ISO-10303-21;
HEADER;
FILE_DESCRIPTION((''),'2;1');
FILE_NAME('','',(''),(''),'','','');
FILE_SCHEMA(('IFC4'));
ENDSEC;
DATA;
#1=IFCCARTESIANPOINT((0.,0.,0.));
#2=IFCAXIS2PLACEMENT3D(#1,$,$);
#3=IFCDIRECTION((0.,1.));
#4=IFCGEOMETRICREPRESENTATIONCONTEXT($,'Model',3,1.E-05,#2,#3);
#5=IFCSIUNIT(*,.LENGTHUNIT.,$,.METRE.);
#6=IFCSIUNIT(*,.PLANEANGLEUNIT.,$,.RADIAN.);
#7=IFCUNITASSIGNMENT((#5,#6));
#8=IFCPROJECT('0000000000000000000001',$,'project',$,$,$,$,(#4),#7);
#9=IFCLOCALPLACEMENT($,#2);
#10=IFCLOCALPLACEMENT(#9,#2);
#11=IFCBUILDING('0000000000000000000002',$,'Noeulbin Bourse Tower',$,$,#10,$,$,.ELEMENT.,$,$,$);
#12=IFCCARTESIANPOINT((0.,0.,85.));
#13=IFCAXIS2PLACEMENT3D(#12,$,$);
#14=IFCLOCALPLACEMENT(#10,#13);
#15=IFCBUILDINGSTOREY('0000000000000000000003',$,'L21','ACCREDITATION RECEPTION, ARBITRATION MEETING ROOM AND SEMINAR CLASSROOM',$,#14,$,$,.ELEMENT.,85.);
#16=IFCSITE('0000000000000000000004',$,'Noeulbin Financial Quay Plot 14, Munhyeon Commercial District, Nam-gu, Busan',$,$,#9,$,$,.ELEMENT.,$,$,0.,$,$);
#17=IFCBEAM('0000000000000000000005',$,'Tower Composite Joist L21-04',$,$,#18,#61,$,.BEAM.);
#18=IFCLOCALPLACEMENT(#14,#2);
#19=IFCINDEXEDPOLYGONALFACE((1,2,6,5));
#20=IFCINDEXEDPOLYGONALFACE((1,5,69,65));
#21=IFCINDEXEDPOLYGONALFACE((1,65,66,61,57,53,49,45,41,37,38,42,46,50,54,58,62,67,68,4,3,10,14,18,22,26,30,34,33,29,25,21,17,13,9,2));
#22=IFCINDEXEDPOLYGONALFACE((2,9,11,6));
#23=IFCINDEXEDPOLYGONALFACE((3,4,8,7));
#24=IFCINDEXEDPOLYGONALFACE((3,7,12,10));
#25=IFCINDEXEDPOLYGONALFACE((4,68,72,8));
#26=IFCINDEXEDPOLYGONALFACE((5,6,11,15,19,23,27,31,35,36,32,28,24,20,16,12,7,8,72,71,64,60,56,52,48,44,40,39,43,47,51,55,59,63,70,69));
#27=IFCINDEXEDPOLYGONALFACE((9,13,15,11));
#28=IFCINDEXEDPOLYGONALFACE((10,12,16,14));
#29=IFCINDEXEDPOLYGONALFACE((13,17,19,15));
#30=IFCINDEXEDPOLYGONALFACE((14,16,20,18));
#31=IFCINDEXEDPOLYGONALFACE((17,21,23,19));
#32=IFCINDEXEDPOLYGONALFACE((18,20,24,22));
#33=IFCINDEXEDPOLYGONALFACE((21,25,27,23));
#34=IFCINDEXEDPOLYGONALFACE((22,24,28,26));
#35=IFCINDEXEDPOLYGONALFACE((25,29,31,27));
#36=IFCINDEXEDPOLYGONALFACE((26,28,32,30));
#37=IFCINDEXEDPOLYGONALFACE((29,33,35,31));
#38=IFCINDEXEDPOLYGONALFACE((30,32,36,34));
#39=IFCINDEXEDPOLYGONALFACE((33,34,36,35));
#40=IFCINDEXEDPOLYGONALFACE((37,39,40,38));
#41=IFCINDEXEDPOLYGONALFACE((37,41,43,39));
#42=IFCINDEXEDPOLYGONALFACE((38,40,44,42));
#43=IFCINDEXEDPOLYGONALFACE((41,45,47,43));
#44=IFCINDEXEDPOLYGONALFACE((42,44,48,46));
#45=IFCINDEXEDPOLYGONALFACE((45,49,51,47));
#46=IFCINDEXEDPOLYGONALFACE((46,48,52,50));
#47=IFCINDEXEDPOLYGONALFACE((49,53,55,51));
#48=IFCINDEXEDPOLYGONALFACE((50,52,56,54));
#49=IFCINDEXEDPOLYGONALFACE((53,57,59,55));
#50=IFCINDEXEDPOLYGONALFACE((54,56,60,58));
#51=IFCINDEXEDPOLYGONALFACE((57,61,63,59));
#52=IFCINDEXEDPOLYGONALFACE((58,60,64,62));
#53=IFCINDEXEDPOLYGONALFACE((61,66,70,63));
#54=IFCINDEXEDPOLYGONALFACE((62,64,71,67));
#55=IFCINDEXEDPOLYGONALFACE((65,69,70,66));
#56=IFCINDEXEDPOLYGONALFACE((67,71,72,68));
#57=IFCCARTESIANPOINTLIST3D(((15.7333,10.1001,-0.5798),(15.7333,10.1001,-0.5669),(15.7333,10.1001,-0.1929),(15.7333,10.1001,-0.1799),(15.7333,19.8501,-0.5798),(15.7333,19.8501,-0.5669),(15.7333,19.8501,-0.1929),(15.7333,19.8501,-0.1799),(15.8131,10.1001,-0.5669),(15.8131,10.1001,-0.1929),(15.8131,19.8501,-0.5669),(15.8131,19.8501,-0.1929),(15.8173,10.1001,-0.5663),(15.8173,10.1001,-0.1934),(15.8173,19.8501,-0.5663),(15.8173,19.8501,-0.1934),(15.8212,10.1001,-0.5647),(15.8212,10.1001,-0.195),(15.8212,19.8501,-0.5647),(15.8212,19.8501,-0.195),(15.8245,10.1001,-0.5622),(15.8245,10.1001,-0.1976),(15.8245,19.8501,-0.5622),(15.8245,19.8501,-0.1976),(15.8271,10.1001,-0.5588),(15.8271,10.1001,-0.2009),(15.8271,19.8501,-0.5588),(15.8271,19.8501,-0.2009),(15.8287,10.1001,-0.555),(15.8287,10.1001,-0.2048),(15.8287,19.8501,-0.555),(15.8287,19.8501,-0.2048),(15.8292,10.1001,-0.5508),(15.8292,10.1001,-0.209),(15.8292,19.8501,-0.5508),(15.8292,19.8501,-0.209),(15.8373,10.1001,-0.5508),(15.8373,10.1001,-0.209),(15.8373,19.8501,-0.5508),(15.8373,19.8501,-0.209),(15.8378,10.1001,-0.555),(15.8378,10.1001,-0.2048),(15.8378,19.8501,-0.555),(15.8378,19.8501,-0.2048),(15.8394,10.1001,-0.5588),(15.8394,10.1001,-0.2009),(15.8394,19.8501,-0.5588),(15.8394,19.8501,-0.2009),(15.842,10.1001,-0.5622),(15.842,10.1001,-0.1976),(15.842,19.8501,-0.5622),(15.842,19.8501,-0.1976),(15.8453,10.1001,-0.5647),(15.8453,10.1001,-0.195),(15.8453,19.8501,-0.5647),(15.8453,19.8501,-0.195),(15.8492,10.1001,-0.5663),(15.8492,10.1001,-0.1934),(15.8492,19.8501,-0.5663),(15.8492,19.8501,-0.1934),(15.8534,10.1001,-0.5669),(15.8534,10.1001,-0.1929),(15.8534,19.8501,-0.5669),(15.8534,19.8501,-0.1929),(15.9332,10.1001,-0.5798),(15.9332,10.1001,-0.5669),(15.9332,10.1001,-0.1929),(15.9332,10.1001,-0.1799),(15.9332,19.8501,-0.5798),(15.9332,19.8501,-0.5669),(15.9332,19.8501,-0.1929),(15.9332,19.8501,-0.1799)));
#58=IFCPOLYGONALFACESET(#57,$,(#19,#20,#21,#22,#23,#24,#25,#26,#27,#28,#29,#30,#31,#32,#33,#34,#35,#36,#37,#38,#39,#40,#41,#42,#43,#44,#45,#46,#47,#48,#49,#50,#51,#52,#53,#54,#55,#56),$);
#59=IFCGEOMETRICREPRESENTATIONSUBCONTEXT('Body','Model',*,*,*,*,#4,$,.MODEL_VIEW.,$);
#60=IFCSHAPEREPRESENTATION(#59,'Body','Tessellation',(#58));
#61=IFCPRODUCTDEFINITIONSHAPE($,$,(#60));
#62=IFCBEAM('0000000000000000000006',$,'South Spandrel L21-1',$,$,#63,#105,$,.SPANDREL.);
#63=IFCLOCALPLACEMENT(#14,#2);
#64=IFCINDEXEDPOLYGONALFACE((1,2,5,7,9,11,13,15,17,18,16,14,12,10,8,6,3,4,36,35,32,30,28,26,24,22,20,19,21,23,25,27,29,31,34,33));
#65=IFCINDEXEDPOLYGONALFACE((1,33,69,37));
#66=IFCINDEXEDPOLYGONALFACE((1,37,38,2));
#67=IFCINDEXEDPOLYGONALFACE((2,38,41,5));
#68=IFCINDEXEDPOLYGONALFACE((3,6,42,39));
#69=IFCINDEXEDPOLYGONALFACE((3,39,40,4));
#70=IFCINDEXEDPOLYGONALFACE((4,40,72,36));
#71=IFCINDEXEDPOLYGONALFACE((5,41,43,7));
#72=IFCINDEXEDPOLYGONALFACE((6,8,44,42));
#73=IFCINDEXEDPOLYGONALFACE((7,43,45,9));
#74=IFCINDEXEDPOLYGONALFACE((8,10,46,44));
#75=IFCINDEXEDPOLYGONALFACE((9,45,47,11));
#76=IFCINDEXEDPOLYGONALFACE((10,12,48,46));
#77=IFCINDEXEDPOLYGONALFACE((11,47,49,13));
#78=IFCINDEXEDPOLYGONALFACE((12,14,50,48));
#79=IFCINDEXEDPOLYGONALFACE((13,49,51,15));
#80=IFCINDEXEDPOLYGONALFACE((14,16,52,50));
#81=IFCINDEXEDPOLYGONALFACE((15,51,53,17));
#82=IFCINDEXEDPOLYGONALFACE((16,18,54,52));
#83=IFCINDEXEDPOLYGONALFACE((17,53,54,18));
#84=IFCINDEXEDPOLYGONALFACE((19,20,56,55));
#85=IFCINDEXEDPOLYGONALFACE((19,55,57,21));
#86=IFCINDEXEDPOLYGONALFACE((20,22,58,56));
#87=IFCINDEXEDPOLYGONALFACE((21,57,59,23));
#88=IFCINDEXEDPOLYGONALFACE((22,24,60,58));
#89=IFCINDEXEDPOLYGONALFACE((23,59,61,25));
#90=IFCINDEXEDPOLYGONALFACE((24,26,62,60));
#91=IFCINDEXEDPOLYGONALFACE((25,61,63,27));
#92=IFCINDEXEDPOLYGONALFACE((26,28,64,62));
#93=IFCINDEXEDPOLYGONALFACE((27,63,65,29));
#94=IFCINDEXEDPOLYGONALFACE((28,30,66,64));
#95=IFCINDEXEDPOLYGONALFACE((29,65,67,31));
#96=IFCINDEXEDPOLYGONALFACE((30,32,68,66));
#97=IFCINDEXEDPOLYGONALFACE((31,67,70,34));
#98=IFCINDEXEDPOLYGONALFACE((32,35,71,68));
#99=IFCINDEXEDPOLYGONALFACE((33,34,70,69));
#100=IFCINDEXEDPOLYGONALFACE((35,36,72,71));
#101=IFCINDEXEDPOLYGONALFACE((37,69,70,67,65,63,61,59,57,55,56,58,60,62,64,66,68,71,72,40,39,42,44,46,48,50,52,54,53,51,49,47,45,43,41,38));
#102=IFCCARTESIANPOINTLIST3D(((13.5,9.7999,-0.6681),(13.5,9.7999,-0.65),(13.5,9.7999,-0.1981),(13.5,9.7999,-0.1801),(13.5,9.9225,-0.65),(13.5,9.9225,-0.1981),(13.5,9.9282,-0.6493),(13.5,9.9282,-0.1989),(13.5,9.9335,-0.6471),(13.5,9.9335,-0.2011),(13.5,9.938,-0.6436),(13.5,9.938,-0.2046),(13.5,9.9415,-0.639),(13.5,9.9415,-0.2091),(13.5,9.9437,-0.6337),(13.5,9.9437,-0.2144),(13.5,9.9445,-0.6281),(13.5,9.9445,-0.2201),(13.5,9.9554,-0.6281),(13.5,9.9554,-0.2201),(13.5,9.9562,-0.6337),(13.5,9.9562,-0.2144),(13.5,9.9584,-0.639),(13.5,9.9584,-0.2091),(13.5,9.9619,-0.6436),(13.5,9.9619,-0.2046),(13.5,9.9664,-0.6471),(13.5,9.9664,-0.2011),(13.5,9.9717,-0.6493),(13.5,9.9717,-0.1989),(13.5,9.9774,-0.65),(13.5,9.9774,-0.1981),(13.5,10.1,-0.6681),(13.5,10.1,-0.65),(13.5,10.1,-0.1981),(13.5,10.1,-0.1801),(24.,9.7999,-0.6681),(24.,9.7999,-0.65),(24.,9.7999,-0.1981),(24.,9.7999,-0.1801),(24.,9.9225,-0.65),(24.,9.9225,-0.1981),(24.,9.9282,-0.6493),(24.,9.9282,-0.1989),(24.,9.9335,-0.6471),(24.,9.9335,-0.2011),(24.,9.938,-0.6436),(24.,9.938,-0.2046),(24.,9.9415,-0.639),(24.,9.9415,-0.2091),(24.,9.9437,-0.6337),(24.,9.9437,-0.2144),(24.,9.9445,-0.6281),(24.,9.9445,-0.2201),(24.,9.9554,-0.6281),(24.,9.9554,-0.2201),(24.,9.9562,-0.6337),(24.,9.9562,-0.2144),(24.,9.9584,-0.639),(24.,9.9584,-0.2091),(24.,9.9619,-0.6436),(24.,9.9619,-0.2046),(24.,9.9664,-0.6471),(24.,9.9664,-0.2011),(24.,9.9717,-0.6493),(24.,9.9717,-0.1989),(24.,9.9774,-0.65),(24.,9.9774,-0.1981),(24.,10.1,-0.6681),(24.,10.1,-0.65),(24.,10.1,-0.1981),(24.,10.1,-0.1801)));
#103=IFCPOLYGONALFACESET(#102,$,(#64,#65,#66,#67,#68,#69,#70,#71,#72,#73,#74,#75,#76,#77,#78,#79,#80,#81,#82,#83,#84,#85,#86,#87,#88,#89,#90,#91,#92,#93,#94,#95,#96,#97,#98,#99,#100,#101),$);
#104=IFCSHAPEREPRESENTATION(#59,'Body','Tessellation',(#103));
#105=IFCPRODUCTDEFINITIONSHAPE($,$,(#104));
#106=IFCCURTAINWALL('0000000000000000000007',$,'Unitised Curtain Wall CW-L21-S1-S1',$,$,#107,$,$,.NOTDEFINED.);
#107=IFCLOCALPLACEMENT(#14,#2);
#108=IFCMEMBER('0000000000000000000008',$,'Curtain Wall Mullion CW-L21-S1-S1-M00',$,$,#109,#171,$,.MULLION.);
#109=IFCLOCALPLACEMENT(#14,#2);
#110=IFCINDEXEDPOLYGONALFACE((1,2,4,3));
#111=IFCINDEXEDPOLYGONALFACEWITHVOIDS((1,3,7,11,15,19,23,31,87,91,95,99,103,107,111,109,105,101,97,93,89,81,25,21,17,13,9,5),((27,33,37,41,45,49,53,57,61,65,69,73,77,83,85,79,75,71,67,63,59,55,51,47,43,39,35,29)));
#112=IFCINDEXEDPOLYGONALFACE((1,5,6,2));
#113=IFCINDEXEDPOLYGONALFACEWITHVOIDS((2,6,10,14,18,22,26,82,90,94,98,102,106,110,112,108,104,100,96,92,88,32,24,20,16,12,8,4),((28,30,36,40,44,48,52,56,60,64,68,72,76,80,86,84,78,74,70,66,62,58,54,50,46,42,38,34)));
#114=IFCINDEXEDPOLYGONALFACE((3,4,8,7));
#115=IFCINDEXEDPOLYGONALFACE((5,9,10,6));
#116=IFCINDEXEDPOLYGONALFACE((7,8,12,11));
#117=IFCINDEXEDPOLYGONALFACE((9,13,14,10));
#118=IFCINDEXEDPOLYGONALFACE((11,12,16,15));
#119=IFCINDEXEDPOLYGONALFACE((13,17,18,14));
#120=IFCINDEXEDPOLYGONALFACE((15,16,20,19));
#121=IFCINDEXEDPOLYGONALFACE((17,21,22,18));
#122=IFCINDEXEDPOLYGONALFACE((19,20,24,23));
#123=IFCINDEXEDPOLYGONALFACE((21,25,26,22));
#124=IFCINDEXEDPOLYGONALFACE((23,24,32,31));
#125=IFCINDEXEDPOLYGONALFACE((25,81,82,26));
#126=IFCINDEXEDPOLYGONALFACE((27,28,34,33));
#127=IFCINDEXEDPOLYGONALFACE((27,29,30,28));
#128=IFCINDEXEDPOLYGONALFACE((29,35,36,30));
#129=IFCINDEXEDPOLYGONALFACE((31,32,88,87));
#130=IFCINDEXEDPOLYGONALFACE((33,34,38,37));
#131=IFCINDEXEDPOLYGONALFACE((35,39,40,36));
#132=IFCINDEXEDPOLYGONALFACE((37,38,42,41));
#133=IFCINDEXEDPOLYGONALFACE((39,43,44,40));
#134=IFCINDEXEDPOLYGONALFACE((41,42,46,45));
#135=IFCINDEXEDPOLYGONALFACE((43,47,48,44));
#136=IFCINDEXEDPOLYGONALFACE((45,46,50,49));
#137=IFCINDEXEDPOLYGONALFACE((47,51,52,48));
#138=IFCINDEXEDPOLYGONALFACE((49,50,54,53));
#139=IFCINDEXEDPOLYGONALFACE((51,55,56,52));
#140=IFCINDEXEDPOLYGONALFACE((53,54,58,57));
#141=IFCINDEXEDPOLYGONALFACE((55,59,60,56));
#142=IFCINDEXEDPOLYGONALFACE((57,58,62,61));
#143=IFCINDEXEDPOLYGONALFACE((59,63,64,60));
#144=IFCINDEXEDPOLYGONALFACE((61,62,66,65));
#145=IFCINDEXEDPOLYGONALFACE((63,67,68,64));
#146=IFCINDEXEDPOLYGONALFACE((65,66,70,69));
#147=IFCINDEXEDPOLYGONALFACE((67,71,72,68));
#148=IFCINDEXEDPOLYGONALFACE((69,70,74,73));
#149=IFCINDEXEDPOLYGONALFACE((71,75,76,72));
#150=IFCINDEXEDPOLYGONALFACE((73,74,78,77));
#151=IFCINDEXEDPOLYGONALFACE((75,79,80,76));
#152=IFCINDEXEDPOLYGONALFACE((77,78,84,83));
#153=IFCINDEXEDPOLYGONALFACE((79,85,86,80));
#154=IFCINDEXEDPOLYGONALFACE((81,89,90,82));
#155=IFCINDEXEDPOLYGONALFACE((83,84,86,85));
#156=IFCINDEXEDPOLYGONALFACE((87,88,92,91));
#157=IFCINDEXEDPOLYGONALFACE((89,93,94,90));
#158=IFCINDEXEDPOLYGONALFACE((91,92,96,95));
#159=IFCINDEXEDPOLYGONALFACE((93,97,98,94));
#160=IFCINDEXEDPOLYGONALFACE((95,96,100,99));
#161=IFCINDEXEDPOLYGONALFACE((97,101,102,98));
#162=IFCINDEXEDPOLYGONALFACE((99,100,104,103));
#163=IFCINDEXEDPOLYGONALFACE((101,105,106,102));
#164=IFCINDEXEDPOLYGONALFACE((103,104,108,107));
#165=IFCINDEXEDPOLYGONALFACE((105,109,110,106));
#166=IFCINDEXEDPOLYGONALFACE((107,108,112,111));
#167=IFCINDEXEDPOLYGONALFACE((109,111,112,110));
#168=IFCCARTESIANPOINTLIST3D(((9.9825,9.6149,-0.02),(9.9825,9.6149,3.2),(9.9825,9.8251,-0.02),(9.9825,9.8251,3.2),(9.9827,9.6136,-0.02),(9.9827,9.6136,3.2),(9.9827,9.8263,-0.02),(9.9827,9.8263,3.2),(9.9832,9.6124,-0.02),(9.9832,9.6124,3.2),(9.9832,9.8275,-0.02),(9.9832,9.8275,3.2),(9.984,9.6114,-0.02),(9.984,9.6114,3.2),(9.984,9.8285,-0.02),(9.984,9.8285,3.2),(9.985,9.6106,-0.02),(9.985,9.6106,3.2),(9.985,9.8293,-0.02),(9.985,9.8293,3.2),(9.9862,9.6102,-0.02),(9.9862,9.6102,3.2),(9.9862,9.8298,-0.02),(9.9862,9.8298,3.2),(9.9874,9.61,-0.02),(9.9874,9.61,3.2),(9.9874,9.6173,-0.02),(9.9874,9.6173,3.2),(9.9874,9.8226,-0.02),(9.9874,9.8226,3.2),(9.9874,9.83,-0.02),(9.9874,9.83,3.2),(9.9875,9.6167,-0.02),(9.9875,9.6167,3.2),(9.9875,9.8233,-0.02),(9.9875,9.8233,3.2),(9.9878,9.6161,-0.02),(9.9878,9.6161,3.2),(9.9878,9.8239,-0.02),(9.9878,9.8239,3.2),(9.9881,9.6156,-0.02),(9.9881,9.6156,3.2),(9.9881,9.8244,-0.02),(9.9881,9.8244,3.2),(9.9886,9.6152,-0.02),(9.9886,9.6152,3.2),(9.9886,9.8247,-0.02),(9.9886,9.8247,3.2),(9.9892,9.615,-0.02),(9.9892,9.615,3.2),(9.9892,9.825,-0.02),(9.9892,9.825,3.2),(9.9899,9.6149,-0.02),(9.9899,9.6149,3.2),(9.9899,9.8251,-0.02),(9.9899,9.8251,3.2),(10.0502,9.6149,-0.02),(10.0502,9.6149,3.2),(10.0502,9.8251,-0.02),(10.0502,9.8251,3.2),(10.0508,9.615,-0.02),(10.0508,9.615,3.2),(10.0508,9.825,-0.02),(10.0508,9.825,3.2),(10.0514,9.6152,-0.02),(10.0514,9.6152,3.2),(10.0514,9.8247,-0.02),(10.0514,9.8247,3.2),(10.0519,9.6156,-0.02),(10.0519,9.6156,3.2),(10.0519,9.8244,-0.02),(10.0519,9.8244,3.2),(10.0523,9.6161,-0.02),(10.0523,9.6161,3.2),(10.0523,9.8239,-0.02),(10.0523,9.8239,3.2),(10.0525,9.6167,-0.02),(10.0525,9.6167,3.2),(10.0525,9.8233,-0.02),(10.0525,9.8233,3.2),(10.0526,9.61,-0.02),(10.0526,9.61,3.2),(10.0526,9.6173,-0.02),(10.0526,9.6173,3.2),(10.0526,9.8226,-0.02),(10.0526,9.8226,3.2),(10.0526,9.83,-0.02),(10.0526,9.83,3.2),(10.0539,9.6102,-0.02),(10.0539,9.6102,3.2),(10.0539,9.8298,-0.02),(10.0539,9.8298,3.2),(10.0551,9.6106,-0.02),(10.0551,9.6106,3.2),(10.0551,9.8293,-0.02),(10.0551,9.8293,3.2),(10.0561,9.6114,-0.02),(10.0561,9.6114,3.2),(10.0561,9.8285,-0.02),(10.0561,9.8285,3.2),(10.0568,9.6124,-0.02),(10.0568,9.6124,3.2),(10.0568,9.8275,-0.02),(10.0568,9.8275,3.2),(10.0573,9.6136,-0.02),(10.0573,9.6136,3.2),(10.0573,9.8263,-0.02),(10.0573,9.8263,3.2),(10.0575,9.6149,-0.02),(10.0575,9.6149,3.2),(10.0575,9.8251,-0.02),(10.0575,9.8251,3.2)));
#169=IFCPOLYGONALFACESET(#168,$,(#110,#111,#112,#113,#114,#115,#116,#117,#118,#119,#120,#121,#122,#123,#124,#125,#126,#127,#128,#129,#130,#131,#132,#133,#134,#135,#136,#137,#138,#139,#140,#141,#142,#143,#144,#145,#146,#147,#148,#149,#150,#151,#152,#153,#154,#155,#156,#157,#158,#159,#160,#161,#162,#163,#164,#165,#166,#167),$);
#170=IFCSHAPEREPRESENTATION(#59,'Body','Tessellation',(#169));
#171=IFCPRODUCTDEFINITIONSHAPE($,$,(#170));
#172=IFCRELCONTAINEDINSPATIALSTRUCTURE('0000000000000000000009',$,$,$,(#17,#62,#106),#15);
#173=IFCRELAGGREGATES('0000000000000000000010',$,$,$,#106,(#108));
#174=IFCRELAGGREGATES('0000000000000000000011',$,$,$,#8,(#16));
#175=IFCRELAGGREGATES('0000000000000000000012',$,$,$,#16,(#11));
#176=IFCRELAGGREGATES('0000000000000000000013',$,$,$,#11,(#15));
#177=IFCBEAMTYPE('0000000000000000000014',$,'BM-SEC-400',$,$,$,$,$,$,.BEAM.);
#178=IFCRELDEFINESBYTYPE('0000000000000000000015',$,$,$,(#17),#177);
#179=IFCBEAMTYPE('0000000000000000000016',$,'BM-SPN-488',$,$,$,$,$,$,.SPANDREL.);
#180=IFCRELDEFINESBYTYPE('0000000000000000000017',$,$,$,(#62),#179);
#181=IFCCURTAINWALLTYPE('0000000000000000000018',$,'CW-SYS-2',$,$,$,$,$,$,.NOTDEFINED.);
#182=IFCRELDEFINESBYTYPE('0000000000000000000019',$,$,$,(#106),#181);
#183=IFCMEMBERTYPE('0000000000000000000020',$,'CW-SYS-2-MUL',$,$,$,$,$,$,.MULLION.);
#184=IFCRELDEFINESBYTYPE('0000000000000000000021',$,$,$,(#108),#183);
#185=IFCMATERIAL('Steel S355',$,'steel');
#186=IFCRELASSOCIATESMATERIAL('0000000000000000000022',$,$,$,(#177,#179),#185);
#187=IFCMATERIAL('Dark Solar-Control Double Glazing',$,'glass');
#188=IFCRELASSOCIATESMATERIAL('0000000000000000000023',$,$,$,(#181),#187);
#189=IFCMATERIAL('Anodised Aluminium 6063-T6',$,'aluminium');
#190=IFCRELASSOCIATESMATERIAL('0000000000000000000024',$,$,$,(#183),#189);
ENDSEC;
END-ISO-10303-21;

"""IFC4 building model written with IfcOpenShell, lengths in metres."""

from ifc_helpers import new_model, si_unit, direction, frame, origin, origin_2d, place, context, subcontext, project, spatial, hollow_rectangle, i_section, extrude, material, material_profile, profile_set, type_object, element, aggregate, save


model = new_model("IFC4")

# Units and contexts
model_context = context("Model", 3, precision=1e-05, world=origin(), true_north=direction((0.0, 1.0)))
body_context = subcontext(model_context, "Body", "Model", "MODEL_VIEW")
ifc_project = project(units=[si_unit("LENGTHUNIT", "METRE"), si_unit("PLANEANGLEUNIT", "RADIAN")], contexts=[model_context])

# Site, building, storey
site_placement = place(None, origin())
site = spatial("IfcSite", under=ifc_project, at=site_placement, Name="Noeulbin Financial Quay Plot 14, Munhyeon Commercial District, Nam-gu, Busan", CompositionType="ELEMENT", RefElevation=0.0)
building_placement = place(site_placement, origin())
building = spatial("IfcBuilding", under=site, at=building_placement, Name="Noeulbin Bourse Tower", CompositionType="ELEMENT")
storey_placement = place(building_placement, frame((0.0, 0.0, 85.0)))
storey = spatial("IfcBuildingStorey", under=building, at=storey_placement, Name="L21", Description="ACCREDITATION RECEPTION, ARBITRATION MEETING ROOM AND SEMINAR CLASSROOM", CompositionType="ELEMENT", Elevation=85.0)

# Beams
ifc_material_1 = material(Name="Steel S355", Category="steel")
ifc_material_profile_1 = material_profile(ifc_material_1, i_section(OverallWidth=0.2, OverallDepth=0.3999, WebThickness=0.0081, FlangeThickness=0.0129, FilletRadius=0.0161, at=origin_2d()), Name="H-400x200x8x13", Category="LoadBearing")
ifc_profile_set_1 = profile_set([ifc_material_profile_1], Name="Steel S355")
beam_type_1 = type_object("IfcBeamType", Name="BM-SEC-400", PredefinedType="BEAM", material=ifc_profile_set_1)
for number, where, z_axis, x_axis, name in (
    (1, (15.8333, 10.1001, -0.3799), (0.0, 1.0, 0.0), (-1.0, 0.0, 0.0), "Tower Composite Joist L21-04"),
):
    element("IfcBeam", number, at=place(storey_placement, frame(where, z_axis=z_axis, x_axis=x_axis)), inside=storey, type_object=beam_type_1, Name=name, PredefinedType="BEAM", context=body_context, shape_type="SweptSolid", body=[
        extrude(i_section(OverallWidth=0.2, OverallDepth=0.3999, WebThickness=0.0081, FlangeThickness=0.0129, FilletRadius=0.0161, at=origin_2d()), origin(), (0.0, 0.0, 1.0), 9.75),
    ])
ifc_material_profile_2 = material_profile(ifc_material_1, i_section(OverallWidth=0.3, OverallDepth=0.488, WebThickness=0.011, FlangeThickness=0.0181, FilletRadius=0.022, at=origin_2d()), Name="H-488x300x11x18", Category="LoadBearing")
ifc_profile_set_2 = profile_set([ifc_material_profile_2], Name="Steel S355")
beam_type_2 = type_object("IfcBeamType", Name="BM-SPN-488", PredefinedType="SPANDREL", material=ifc_profile_set_2)
beam_1_placement = place(storey_placement, frame((13.5, 9.95, -0.4241), z_axis=(1.0, 0.0, 0.0), x_axis=(0.0, 1.0, 0.0)))
element("IfcBeam", 2, at=beam_1_placement, inside=storey, type_object=beam_type_2, Name="South Spandrel L21-1", PredefinedType="SPANDREL", context=body_context, shape_type="SweptSolid", body=[
    extrude(i_section(OverallWidth=0.3, OverallDepth=0.488, WebThickness=0.011, FlangeThickness=0.0181, FilletRadius=0.022, at=origin_2d()), origin(), (0.0, 0.0, 1.0), 10.5),
])

# Curtain wall, member
ifc_material_2 = material(Name="Dark Solar-Control Double Glazing", Category="glass")
curtain_wall_type = type_object("IfcCurtainWallType", Name="CW-SYS-2", PredefinedType="NOTDEFINED", material=ifc_material_2)
curtain_wall_1_placement = place(storey_placement, origin())
curtain_wall_1 = element("IfcCurtainWall", 3, at=curtain_wall_1_placement, inside=storey, type_object=curtain_wall_type, Name="Unitised Curtain Wall CW-L21-S1-S1", PredefinedType="NOTDEFINED")
ifc_material_3 = material(Name="Anodised Aluminium 6063-T6", Category="aluminium")
ifc_material_profile_3 = material_profile(ifc_material_3, hollow_rectangle(XDim=0.075, YDim=0.22, WallThickness=0.0049, InnerFilletRadius=0.0024, OuterFilletRadius=0.0049, at=origin_2d()), Name="ALU-MULL-75x220x5", Category="LoadBearing")
ifc_profile_set_3 = profile_set([ifc_material_profile_3], Name="Anodised Aluminium 6063-T6")
member_type_1 = type_object("IfcMemberType", Name="CW-SYS-2-MUL", PredefinedType="MULLION", material=ifc_profile_set_3)
member_1_placement = place(storey_placement, frame((10.02, 9.72, -0.02), z_axis=(0.0, 0.0, 1.0), x_axis=(1.0, 0.0, 0.0)))
member_1 = element("IfcMember", 4, at=member_1_placement, type_object=member_type_1, Name="Curtain Wall Mullion CW-L21-S1-S1-M00", PredefinedType="MULLION", context=body_context, shape_type="SweptSolid", body=[
    extrude(hollow_rectangle(XDim=0.075, YDim=0.22, WallThickness=0.0049, InnerFilletRadius=0.0024, OuterFilletRadius=0.0049, at=origin_2d()), origin(), (0.0, 0.0, 1.0), 3.22),
])

aggregate(curtain_wall_1, [member_1])

save(model, "model.ifc")
